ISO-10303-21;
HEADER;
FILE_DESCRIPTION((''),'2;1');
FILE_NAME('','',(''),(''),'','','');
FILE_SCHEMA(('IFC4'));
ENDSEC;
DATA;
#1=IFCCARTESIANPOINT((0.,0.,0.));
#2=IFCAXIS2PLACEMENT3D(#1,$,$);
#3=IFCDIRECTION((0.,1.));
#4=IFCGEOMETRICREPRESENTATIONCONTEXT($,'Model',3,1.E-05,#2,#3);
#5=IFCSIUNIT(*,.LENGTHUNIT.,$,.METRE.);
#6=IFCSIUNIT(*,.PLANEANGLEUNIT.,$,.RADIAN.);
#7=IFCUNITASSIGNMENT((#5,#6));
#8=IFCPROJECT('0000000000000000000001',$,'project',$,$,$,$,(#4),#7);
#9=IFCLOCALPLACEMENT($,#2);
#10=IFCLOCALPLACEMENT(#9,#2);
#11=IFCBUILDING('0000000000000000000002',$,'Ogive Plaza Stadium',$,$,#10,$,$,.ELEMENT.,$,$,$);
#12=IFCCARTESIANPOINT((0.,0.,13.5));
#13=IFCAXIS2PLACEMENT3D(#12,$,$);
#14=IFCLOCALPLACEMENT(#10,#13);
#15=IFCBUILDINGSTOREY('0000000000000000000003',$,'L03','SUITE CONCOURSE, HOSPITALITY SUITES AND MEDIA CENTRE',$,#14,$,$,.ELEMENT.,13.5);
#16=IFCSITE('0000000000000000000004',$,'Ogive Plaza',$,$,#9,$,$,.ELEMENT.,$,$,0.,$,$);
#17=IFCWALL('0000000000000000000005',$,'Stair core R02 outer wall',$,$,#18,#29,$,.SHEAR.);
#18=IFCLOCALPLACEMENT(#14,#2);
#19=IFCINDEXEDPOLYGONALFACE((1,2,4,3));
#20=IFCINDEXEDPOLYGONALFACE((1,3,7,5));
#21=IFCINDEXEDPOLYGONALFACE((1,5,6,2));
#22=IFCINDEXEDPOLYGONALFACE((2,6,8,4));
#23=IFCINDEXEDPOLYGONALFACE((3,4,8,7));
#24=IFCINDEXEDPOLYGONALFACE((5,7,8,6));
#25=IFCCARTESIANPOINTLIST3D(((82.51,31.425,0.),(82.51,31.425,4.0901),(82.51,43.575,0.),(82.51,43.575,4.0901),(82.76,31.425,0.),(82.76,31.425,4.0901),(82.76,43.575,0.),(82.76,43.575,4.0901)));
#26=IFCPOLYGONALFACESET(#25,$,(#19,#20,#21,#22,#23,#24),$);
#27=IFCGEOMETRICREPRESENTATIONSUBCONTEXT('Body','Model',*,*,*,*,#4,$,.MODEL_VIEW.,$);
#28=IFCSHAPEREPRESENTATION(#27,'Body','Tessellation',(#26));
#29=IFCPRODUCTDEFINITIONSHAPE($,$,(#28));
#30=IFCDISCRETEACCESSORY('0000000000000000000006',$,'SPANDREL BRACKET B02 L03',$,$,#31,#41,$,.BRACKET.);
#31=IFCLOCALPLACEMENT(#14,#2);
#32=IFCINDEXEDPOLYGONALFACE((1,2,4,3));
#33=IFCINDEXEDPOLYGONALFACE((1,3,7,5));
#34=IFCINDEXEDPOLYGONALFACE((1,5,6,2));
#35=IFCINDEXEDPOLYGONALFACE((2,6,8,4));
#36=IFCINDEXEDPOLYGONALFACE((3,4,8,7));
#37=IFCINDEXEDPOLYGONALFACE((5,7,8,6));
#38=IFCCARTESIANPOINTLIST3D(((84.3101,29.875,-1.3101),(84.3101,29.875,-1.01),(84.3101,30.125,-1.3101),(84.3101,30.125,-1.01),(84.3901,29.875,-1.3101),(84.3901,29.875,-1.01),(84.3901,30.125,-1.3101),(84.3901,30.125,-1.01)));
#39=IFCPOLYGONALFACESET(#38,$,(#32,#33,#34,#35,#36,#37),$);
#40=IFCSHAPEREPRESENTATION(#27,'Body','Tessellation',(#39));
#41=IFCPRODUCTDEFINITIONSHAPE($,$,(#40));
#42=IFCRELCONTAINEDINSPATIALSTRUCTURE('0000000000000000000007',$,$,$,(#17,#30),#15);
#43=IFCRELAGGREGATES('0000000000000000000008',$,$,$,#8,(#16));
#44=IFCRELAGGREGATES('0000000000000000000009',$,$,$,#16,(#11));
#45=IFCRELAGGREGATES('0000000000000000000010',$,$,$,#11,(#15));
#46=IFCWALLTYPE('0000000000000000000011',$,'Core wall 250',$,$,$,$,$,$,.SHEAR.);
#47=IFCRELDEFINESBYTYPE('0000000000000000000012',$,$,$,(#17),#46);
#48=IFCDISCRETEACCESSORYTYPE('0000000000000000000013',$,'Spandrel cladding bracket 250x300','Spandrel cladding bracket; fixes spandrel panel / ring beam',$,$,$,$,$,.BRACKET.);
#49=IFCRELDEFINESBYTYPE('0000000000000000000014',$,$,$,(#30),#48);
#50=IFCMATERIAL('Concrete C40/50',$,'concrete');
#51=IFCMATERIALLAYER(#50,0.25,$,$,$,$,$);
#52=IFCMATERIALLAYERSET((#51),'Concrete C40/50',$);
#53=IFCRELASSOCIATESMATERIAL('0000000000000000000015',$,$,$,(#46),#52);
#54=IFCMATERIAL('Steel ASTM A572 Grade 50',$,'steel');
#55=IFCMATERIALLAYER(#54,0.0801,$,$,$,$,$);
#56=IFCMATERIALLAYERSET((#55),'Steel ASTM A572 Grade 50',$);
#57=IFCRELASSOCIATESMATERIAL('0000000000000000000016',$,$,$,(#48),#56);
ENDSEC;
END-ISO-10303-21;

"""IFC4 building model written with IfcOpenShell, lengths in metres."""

from ifc_helpers import new_model, si_unit, direction, frame, frame_2d, origin, origin_2d, place, context, subcontext, project, spatial, rectangle, extrude, material, layer, layer_set, type_object, element, save


model = new_model("IFC4")

# Units and contexts
model_context = context("Model", 3, precision=1e-05, world=origin(), true_north=direction((0.0, 1.0)))
body_context = subcontext(model_context, "Body", "Model", "MODEL_VIEW")
ifc_project = project(units=[si_unit("LENGTHUNIT", "METRE"), si_unit("PLANEANGLEUNIT", "RADIAN")], contexts=[model_context])

# Site, building, storey
site_placement = place(None, origin())
site = spatial("IfcSite", under=ifc_project, at=site_placement, Name="Ogive Plaza", CompositionType="ELEMENT", RefElevation=0.0)
building_placement = place(site_placement, origin())
building = spatial("IfcBuilding", under=site, at=building_placement, Name="Ogive Plaza Stadium", CompositionType="ELEMENT")
storey_placement = place(building_placement, frame((0.0, 0.0, 13.5)))
storey = spatial("IfcBuildingStorey", under=building, at=storey_placement, Name="L03", Description="SUITE CONCOURSE, HOSPITALITY SUITES AND MEDIA CENTRE", CompositionType="ELEMENT", Elevation=13.5)

# Wall
ifc_material_1 = material(Name="Concrete C40/50", Category="concrete")
ifc_layer_1 = layer(ifc_material_1, 0.25)
ifc_layer_set_1 = layer_set([ifc_layer_1], Name="Concrete C40/50")
wall_type = type_object("IfcWallType", Name="Core wall 250", PredefinedType="SHEAR", material=ifc_layer_set_1)
wall_placement = place(storey_placement, frame((82.635, 31.425, 0.0), z_axis=(0.0, 0.0, 1.0), x_axis=(0.0, 1.0, 0.0)))
element("IfcWall", 1, at=wall_placement, inside=storey, type_object=wall_type, Name="Stair core R02 outer wall", PredefinedType="SHEAR", context=body_context, shape_type="SweptSolid", body=[
    extrude(rectangle(XDim=12.1499, YDim=0.25, at=frame_2d((6.075, 0.0))), origin(), (0.0, 0.0, 1.0), 4.0901),
])

# Discrete accessory
ifc_material_2 = material(Name="Steel ASTM A572 Grade 50", Category="steel")
ifc_layer_2 = layer(ifc_material_2, 0.0801)
ifc_layer_set_2 = layer_set([ifc_layer_2], Name="Steel ASTM A572 Grade 50")
discrete_accessory_type = type_object("IfcDiscreteAccessoryType", Name="Spandrel cladding bracket 250x300", Description="Spandrel cladding bracket; fixes spandrel panel / ring beam", PredefinedType="BRACKET", material=ifc_layer_set_2)
discrete_accessory_placement = place(storey_placement, frame((84.3501, 30.0, -1.3101), z_axis=(0.0, 0.0, 1.0), x_axis=(0.0, -1.0, 0.0)))
element("IfcDiscreteAccessory", 2, at=discrete_accessory_placement, inside=storey, type_object=discrete_accessory_type, Name="SPANDREL BRACKET B02 L03", PredefinedType="BRACKET", context=body_context, shape_type="SweptSolid", body=[
    extrude(rectangle(XDim=0.25, YDim=0.0801, at=origin_2d()), origin(), (0.0, 0.0, 1.0), 0.3),
])

save(model, "model.ifc")
